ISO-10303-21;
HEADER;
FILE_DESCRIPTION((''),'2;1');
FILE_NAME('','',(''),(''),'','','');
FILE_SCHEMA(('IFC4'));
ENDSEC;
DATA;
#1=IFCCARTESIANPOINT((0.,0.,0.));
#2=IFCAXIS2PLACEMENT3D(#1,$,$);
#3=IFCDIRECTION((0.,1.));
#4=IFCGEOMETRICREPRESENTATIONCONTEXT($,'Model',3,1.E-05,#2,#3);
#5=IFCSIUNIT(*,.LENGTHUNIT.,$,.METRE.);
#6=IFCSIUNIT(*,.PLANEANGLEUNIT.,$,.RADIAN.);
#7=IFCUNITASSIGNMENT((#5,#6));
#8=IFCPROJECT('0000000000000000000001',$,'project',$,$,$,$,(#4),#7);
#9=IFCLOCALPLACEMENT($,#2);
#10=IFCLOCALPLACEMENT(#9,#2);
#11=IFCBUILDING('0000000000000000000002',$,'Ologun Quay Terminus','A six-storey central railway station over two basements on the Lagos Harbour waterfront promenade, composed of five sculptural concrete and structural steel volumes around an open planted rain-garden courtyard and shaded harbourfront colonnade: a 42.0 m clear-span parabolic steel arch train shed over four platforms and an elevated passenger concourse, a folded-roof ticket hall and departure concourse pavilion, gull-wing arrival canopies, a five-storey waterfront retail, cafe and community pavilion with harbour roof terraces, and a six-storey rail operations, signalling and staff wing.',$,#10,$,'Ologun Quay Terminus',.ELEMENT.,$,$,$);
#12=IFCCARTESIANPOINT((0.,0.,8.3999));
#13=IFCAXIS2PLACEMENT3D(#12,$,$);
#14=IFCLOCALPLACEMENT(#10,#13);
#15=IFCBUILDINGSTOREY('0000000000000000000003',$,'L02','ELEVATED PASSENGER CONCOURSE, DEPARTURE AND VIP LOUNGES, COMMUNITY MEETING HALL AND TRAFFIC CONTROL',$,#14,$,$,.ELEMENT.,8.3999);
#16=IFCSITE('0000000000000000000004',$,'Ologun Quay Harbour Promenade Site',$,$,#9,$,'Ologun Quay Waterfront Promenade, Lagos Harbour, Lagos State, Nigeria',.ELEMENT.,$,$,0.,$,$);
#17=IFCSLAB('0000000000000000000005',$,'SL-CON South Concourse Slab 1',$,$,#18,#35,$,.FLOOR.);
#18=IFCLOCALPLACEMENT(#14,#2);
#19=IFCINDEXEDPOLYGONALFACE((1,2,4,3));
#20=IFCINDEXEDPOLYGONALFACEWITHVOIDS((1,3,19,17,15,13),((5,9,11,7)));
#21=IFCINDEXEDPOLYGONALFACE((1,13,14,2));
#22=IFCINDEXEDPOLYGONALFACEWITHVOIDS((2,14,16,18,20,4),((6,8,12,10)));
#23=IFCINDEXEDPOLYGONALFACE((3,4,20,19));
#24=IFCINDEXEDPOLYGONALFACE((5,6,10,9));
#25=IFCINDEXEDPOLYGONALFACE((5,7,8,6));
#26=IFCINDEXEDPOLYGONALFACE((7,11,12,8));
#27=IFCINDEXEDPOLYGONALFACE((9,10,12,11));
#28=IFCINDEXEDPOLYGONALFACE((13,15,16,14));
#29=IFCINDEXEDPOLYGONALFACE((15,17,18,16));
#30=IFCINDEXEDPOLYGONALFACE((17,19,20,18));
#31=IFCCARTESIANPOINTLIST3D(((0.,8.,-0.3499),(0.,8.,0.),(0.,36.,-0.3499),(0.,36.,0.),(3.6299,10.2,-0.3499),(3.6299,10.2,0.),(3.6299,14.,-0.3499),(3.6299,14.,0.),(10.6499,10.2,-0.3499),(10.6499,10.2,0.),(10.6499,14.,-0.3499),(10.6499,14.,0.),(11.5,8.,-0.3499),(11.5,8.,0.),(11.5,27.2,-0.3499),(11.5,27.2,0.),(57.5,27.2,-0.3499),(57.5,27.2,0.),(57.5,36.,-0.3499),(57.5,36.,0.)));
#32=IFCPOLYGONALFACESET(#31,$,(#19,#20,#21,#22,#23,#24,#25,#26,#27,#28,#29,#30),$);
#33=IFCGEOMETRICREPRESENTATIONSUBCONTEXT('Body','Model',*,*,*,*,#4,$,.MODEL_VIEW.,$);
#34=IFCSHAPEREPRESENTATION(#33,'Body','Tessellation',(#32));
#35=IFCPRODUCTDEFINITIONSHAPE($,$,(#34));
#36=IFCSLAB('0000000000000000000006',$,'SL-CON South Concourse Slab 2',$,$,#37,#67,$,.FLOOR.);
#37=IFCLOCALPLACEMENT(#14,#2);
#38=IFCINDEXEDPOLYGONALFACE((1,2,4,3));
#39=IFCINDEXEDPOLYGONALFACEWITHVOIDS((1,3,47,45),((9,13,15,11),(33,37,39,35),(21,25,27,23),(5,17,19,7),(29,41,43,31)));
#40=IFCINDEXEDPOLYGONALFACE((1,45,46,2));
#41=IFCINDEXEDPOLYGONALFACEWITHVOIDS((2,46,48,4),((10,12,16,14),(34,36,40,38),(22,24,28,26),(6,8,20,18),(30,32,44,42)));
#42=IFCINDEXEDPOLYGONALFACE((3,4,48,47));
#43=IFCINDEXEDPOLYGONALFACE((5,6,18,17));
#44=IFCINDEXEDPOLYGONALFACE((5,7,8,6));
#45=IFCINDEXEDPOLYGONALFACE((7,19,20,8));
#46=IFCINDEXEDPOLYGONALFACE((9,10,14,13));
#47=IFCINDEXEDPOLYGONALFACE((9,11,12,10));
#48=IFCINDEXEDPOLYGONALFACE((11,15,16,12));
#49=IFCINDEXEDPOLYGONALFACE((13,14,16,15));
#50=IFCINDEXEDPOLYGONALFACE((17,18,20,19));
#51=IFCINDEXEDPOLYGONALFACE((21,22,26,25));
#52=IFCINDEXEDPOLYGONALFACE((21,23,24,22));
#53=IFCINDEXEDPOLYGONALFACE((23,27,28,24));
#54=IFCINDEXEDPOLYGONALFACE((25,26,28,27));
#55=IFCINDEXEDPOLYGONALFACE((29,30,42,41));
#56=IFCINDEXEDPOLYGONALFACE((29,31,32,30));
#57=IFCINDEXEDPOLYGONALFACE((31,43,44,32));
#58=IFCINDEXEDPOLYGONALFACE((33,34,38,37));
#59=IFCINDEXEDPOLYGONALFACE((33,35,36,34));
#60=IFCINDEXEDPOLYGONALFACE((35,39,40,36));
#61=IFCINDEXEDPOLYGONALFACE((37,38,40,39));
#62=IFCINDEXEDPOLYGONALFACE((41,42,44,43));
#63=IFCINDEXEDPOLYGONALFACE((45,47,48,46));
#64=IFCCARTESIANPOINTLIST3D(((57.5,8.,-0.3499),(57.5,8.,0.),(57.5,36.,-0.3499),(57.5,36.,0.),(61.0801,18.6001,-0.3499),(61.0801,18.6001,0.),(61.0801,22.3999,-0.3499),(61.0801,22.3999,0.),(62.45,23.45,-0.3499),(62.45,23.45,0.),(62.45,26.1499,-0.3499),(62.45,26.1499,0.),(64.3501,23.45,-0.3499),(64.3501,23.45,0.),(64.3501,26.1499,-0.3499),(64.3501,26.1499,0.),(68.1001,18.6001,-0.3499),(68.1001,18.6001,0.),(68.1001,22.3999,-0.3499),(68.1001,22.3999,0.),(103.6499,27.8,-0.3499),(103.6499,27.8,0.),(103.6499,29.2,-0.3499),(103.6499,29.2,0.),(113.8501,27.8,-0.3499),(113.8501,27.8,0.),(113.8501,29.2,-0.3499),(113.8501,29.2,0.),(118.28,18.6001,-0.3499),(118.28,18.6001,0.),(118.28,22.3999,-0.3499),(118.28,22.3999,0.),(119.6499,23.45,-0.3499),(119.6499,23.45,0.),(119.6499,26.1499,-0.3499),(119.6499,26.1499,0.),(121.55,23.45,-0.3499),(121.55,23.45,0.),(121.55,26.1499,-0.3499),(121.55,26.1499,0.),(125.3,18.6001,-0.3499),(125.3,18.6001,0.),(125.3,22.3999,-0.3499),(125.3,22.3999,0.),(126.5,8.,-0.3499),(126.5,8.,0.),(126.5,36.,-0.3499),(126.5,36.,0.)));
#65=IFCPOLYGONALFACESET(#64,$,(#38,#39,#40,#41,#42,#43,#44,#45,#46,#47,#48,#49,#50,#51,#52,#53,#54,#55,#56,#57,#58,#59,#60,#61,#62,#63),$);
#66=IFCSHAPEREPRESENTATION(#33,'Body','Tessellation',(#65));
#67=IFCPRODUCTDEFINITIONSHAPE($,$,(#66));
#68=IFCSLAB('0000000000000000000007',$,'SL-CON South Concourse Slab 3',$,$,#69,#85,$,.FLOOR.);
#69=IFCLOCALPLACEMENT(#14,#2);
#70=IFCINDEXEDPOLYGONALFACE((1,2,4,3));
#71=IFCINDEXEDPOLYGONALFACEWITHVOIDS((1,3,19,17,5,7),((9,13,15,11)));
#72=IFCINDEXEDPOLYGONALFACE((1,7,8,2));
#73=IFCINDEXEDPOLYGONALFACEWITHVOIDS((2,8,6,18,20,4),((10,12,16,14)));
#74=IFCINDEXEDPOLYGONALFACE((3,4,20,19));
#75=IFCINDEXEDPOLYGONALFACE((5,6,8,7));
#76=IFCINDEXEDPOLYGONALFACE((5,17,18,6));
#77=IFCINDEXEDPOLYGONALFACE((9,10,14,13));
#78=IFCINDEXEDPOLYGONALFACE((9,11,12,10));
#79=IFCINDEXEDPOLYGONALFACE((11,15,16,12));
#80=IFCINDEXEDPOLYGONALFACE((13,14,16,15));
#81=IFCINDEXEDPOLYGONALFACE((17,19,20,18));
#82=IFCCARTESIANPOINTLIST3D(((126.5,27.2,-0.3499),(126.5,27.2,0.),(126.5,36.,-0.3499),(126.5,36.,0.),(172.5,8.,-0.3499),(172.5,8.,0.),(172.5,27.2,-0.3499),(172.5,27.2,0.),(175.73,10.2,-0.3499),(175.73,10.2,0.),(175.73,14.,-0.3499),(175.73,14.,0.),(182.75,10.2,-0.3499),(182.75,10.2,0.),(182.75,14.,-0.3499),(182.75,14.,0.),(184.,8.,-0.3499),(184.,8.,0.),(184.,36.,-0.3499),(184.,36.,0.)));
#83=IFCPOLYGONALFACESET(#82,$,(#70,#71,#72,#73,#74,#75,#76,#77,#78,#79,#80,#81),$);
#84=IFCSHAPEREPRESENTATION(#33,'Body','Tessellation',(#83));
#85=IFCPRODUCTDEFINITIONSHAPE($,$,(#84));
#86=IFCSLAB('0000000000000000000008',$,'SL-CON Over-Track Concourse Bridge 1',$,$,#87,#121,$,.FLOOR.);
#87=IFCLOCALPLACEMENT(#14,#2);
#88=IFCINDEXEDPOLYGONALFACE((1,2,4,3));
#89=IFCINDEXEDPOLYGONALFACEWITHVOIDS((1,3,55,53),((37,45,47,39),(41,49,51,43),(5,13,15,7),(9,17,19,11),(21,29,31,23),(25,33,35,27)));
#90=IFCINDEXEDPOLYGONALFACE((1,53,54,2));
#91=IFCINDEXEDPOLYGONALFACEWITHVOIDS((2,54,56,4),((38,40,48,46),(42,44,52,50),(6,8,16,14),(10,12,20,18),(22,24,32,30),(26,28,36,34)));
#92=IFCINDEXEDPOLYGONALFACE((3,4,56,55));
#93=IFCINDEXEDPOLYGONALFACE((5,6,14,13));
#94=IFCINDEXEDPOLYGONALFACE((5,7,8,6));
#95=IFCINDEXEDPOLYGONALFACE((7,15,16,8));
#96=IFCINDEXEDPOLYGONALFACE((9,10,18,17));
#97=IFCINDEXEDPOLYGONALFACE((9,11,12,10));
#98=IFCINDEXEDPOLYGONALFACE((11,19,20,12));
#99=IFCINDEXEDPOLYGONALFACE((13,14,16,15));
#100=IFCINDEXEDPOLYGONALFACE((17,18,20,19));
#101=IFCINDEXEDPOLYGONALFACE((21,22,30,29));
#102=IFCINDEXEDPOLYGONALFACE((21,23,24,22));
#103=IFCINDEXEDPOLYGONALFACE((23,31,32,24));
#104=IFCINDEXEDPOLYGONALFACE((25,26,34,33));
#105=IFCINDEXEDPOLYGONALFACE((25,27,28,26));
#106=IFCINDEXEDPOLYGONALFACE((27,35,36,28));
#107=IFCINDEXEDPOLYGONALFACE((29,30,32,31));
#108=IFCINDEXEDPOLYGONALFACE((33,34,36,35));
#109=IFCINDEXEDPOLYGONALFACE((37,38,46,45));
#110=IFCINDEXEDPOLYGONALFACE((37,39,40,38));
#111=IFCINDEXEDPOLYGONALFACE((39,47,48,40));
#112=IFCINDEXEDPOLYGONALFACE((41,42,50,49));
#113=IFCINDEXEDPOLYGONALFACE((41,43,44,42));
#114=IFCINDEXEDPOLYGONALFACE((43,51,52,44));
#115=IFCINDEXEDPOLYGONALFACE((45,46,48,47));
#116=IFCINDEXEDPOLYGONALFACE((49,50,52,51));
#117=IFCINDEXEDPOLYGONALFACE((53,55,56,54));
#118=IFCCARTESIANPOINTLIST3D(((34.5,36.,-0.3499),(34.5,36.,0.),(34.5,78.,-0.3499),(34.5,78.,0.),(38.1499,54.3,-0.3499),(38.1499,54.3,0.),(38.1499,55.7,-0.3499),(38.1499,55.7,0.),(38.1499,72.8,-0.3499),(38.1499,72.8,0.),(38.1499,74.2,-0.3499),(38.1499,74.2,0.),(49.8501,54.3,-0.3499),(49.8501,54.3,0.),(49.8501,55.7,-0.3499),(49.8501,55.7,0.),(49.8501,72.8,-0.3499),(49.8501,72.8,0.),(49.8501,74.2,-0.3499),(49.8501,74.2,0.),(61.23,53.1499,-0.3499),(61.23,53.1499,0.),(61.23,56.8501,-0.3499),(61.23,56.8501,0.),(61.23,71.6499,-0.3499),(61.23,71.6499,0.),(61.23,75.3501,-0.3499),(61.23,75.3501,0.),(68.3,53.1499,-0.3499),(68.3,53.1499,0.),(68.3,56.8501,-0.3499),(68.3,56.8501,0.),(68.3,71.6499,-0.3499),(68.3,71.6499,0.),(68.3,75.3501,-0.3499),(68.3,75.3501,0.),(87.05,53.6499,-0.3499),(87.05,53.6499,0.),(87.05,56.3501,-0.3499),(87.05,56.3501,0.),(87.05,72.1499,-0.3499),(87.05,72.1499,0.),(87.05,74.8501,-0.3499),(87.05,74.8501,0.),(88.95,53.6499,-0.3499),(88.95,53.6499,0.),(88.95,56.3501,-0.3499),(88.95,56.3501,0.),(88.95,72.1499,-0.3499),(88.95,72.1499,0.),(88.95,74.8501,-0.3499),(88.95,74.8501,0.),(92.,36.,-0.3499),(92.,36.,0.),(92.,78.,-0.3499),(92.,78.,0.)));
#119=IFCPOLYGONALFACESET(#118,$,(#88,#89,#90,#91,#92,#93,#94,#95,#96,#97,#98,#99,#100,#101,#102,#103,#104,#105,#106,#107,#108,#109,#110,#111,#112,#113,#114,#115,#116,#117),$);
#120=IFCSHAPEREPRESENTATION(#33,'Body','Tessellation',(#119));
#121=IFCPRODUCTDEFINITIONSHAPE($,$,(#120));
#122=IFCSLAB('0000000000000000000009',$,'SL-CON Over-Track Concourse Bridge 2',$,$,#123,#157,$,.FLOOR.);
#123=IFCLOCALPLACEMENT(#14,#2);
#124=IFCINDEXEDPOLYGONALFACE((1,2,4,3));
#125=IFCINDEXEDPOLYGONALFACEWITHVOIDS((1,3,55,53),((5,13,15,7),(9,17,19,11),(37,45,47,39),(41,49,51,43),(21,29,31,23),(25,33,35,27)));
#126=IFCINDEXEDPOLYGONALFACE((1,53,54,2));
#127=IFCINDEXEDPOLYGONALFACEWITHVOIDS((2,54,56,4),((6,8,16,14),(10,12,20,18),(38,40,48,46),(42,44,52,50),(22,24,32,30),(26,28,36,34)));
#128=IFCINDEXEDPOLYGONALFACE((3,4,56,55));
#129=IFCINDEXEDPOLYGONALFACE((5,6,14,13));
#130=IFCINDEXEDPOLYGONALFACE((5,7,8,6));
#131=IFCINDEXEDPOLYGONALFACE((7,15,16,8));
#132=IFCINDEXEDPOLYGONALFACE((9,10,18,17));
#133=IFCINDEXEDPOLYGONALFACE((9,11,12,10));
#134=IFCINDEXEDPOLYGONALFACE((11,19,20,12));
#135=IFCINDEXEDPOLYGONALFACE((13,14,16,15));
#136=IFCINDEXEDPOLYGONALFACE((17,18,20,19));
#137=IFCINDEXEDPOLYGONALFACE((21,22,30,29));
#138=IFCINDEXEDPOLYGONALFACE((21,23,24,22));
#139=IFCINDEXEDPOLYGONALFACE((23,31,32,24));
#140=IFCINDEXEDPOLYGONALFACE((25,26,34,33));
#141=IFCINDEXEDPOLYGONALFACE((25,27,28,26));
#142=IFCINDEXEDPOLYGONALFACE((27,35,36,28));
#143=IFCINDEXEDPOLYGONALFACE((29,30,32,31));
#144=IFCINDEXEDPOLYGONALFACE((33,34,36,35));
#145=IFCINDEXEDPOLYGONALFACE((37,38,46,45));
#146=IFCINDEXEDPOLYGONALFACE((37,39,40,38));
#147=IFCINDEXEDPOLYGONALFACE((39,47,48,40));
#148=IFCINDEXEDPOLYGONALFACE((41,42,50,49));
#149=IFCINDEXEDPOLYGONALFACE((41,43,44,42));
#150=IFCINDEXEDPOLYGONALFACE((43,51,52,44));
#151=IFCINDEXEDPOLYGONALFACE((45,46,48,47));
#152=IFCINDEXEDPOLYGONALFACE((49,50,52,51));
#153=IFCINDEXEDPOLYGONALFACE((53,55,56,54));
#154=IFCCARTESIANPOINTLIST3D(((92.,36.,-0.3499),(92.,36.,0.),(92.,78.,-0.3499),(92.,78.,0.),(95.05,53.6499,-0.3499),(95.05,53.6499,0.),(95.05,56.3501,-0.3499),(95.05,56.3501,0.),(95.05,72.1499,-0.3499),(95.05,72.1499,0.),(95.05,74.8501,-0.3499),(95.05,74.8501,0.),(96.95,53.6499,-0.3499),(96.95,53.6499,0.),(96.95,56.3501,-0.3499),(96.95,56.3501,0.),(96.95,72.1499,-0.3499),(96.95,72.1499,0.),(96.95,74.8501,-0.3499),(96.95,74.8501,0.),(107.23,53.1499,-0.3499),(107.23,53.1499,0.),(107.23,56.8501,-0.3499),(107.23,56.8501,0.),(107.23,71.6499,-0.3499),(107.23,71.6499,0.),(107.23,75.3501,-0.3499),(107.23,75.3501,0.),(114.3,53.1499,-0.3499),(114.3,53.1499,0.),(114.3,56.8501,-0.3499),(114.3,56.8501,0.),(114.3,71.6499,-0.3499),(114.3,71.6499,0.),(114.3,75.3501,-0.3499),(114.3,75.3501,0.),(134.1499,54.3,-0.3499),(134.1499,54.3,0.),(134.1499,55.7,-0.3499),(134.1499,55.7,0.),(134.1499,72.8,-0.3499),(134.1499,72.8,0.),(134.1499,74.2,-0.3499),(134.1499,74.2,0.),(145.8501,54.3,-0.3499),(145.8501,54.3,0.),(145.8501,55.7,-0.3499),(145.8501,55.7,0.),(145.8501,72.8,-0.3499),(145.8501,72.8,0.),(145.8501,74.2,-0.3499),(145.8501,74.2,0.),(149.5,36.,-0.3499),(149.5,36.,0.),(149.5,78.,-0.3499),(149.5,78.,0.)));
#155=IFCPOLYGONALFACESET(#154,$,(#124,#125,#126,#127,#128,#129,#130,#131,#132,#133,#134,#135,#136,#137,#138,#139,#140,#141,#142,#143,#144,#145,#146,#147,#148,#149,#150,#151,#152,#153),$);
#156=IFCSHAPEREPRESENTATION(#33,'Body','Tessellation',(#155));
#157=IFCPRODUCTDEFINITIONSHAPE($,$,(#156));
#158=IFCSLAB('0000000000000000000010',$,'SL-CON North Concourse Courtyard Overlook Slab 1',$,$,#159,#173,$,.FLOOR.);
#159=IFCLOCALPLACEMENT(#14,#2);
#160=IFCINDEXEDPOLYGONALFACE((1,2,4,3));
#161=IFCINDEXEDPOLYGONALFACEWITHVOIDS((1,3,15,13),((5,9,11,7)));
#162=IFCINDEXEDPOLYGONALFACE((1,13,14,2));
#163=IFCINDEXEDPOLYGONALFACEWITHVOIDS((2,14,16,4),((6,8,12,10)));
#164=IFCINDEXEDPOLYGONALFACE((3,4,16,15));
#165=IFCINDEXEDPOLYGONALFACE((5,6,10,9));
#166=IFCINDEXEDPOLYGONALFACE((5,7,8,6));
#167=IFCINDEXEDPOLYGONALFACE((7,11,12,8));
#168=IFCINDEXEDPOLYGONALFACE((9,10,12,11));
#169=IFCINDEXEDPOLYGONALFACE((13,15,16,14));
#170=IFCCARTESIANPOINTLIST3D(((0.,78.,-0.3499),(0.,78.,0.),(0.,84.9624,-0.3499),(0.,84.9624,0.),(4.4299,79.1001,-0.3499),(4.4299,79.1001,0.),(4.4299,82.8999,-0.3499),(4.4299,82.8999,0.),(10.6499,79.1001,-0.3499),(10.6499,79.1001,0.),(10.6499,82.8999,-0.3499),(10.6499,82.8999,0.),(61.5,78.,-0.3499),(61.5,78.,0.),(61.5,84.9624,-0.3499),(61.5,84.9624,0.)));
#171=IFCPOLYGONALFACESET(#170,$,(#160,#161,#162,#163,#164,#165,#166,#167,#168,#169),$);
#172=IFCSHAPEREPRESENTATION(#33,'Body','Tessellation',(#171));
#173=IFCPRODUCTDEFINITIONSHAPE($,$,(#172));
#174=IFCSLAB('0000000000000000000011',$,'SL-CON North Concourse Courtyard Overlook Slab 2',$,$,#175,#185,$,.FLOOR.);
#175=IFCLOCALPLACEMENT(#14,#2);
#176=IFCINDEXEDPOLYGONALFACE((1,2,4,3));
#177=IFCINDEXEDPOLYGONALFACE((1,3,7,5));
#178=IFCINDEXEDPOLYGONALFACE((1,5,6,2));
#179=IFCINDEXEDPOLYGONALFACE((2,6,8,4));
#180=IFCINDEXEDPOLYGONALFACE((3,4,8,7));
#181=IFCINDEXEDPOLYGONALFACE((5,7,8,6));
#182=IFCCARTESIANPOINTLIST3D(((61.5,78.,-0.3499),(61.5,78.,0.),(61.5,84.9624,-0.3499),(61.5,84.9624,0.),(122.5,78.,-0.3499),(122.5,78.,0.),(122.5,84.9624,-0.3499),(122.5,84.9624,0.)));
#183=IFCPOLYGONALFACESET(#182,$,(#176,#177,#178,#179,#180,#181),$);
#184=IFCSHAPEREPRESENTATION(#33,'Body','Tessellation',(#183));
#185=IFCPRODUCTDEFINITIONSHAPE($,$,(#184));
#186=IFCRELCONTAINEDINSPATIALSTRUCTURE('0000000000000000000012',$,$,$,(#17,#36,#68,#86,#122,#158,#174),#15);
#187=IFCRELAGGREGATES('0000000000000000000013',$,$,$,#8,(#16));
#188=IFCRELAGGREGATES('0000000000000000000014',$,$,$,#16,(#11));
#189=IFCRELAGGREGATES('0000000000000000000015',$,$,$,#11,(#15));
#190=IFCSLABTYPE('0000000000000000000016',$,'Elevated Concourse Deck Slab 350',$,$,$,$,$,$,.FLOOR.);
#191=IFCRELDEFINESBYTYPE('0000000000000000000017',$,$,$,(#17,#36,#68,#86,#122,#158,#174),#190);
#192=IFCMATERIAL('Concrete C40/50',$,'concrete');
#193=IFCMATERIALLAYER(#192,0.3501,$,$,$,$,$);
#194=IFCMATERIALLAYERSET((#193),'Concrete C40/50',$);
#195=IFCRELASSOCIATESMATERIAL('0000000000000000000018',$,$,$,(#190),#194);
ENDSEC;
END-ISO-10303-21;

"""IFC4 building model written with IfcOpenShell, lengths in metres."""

from ifc_helpers import new_model, si_unit, direction, frame, origin, place, context, subcontext, project, spatial, polyline, outline, extrude, material, layer, layer_set, type_object, element, save


model = new_model("IFC4")

# Units and contexts
model_context = context("Model", 3, precision=1e-05, world=origin(), true_north=direction((0.0, 1.0)))
body_context = subcontext(model_context, "Body", "Model", "MODEL_VIEW")
ifc_project = project(units=[si_unit("LENGTHUNIT", "METRE"), si_unit("PLANEANGLEUNIT", "RADIAN")], contexts=[model_context])

# Site, building, storey
site_placement = place(None, origin())
site = spatial("IfcSite", under=ifc_project, at=site_placement, Name="Ologun Quay Harbour Promenade Site", LongName="Ologun Quay Waterfront Promenade, Lagos Harbour, Lagos State, Nigeria", CompositionType="ELEMENT", RefElevation=0.0)
building_placement = place(site_placement, origin())
building = spatial("IfcBuilding", under=site, at=building_placement, Name="Ologun Quay Terminus", Description="A six-storey central railway station over two basements on the Lagos Harbour waterfront promenade, composed of five sculptural concrete and structural steel volumes around an open planted rain-garden courtyard and shaded harbourfront colonnade: a 42.0 m clear-span parabolic steel arch train shed over four platforms and an elevated passenger concourse, a folded-roof ticket hall and departure concourse pavilion, gull-wing arrival canopies, a five-storey waterfront retail, cafe and community pavilion with harbour roof terraces, and a six-storey rail operations, signalling and staff wing.", LongName="Ologun Quay Terminus", CompositionType="ELEMENT")
storey_placement = place(building_placement, frame((0.0, 0.0, 8.3999)))
storey = spatial("IfcBuildingStorey", under=building, at=storey_placement, Name="L02", Description="ELEVATED PASSENGER CONCOURSE, DEPARTURE AND VIP LOUNGES, COMMUNITY MEETING HALL AND TRAFFIC CONTROL", CompositionType="ELEMENT", Elevation=8.3999)

# Slabs
ifc_material_1 = material(Name="Concrete C40/50", Category="concrete")
ifc_layer_1 = layer(ifc_material_1, 0.3501)
ifc_layer_set_1 = layer_set([ifc_layer_1], Name="Concrete C40/50")
slab_type_1 = type_object("IfcSlabType", Name="Elevated Concourse Deck Slab 350", PredefinedType="FLOOR", material=ifc_layer_set_1)
slab_1_placement = place(storey_placement, frame((0.0, 0.0, -0.3499)))
element("IfcSlab", 1, at=slab_1_placement, inside=storey, type_object=slab_type_1, Name="SL-CON South Concourse Slab 1", PredefinedType="FLOOR", context=body_context, shape_type="SweptSolid", body=[
    extrude(outline(polyline([(0.0, 8.0), (11.5, 8.0), (11.5, 27.2), (57.5, 27.2), (57.5, 36.0), (0.0, 36.0), (0.0, 8.0)]), holes=[polyline([(3.6299, 10.2), (3.6299, 14.0), (10.6499, 14.0), (10.6499, 10.2), (3.6299, 10.2)])]), origin(), (0.0, 0.0, 1.0), 0.3499),
])
slab_2_placement = place(storey_placement, frame((0.0, 0.0, -0.3499)))
element("IfcSlab", 2, at=slab_2_placement, inside=storey, type_object=slab_type_1, Name="SL-CON South Concourse Slab 2", PredefinedType="FLOOR", context=body_context, shape_type="SweptSolid", body=[
    extrude(outline(polyline([(57.5, 8.0), (126.5, 8.0), (126.5, 36.0), (57.5, 36.0), (57.5, 8.0)]), holes=[polyline([(62.45, 23.45), (62.45, 26.1499), (64.3501, 26.1499), (64.3501, 23.45), (62.45, 23.45)]), polyline([(119.6499, 23.45), (119.6499, 26.1499), (121.55, 26.1499), (121.55, 23.45), (119.6499, 23.45)]), polyline([(61.0801, 18.6001), (61.0801, 22.3999), (68.1001, 22.3999), (68.1001, 18.6001), (61.0801, 18.6001)]), polyline([(118.28, 18.6001), (118.28, 22.3999), (125.3, 22.3999), (125.3, 18.6001), (118.28, 18.6001)]), polyline([(103.6499, 27.8), (103.6499, 29.2), (113.8501, 29.2), (113.8501, 27.8), (103.6499, 27.8)])]), origin(), (0.0, 0.0, 1.0), 0.3499),
])
slab_3_placement = place(storey_placement, frame((0.0, 0.0, -0.3499)))
element("IfcSlab", 3, at=slab_3_placement, inside=storey, type_object=slab_type_1, Name="SL-CON South Concourse Slab 3", PredefinedType="FLOOR", context=body_context, shape_type="SweptSolid", body=[
    extrude(outline(polyline([(126.5, 27.2), (172.5, 27.2), (172.5, 8.0), (184.0, 8.0), (184.0, 36.0), (126.5, 36.0), (126.5, 27.2)]), holes=[polyline([(175.73, 10.2), (175.73, 14.0), (182.75, 14.0), (182.75, 10.2), (175.73, 10.2)])]), origin(), (0.0, 0.0, 1.0), 0.3499),
])
slab_4_placement = place(storey_placement, frame((0.0, 0.0, -0.3499)))
element("IfcSlab", 4, at=slab_4_placement, inside=storey, type_object=slab_type_1, Name="SL-CON Over-Track Concourse Bridge 1", PredefinedType="FLOOR", context=body_context, shape_type="SweptSolid", body=[
    extrude(outline(polyline([(34.5, 36.0), (92.0, 36.0), (92.0, 78.0), (34.5, 78.0), (34.5, 36.0)]), holes=[polyline([(87.05, 53.6499), (87.05, 56.3501), (88.95, 56.3501), (88.95, 53.6499), (87.05, 53.6499)]), polyline([(87.05, 72.1499), (87.05, 74.8501), (88.95, 74.8501), (88.95, 72.1499), (87.05, 72.1499)]), polyline([(61.23, 53.1499), (61.23, 56.8501), (68.3, 56.8501), (68.3, 53.1499), (61.23, 53.1499)]), polyline([(61.23, 71.6499), (61.23, 75.3501), (68.3, 75.3501), (68.3, 71.6499), (61.23, 71.6499)]), polyline([(38.1499, 54.3), (38.1499, 55.7), (49.8501, 55.7), (49.8501, 54.3), (38.1499, 54.3)]), polyline([(38.1499, 72.8), (38.1499, 74.2), (49.8501, 74.2), (49.8501, 72.8), (38.1499, 72.8)])]), origin(), (0.0, 0.0, 1.0), 0.3499),
])
slab_5_placement = place(storey_placement, frame((0.0, 0.0, -0.3499)))
element("IfcSlab", 5, at=slab_5_placement, inside=storey, type_object=slab_type_1, Name="SL-CON Over-Track Concourse Bridge 2", PredefinedType="FLOOR", context=body_context, shape_type="SweptSolid", body=[
    extrude(outline(polyline([(92.0, 36.0), (149.5, 36.0), (149.5, 78.0), (92.0, 78.0), (92.0, 36.0)]), holes=[polyline([(95.05, 53.6499), (95.05, 56.3501), (96.95, 56.3501), (96.95, 53.6499), (95.05, 53.6499)]), polyline([(95.05, 72.1499), (95.05, 74.8501), (96.95, 74.8501), (96.95, 72.1499), (95.05, 72.1499)]), polyline([(107.23, 53.1499), (107.23, 56.8501), (114.3, 56.8501), (114.3, 53.1499), (107.23, 53.1499)]), polyline([(107.23, 71.6499), (107.23, 75.3501), (114.3, 75.3501), (114.3, 71.6499), (107.23, 71.6499)]), polyline([(134.1499, 54.3), (134.1499, 55.7), (145.8501, 55.7), (145.8501, 54.3), (134.1499, 54.3)]), polyline([(134.1499, 72.8), (134.1499, 74.2), (145.8501, 74.2), (145.8501, 72.8), (134.1499, 72.8)])]), origin(), (0.0, 0.0, 1.0), 0.3499),
])
slab_6_placement = place(storey_placement, frame((0.0, 0.0, -0.3499)))
element("IfcSlab", 6, at=slab_6_placement, inside=storey, type_object=slab_type_1, Name="SL-CON North Concourse Courtyard Overlook Slab 1", PredefinedType="FLOOR", context=body_context, shape_type="SweptSolid", body=[
    extrude(outline(polyline([(0.0, 78.0), (61.5, 78.0), (61.5, 84.9624), (0.0, 84.9624), (0.0, 78.0)]), holes=[polyline([(4.4299, 79.1001), (4.4299, 82.8999), (10.6499, 82.8999), (10.6499, 79.1001), (4.4299, 79.1001)])]), origin(), (0.0, 0.0, 1.0), 0.3499),
])
slab_7_placement = place(storey_placement, frame((0.0, 0.0, -0.3499)))
element("IfcSlab", 7, at=slab_7_placement, inside=storey, type_object=slab_type_1, Name="SL-CON North Concourse Courtyard Overlook Slab 2", PredefinedType="FLOOR", context=body_context, shape_type="SweptSolid", body=[
    extrude(outline(polyline([(61.5, 78.0), (122.5, 78.0), (122.5, 84.9624), (61.5, 84.9624), (61.5, 78.0)])), origin(), (0.0, 0.0, 1.0), 0.3499),
])

save(model, "model.ifc")
